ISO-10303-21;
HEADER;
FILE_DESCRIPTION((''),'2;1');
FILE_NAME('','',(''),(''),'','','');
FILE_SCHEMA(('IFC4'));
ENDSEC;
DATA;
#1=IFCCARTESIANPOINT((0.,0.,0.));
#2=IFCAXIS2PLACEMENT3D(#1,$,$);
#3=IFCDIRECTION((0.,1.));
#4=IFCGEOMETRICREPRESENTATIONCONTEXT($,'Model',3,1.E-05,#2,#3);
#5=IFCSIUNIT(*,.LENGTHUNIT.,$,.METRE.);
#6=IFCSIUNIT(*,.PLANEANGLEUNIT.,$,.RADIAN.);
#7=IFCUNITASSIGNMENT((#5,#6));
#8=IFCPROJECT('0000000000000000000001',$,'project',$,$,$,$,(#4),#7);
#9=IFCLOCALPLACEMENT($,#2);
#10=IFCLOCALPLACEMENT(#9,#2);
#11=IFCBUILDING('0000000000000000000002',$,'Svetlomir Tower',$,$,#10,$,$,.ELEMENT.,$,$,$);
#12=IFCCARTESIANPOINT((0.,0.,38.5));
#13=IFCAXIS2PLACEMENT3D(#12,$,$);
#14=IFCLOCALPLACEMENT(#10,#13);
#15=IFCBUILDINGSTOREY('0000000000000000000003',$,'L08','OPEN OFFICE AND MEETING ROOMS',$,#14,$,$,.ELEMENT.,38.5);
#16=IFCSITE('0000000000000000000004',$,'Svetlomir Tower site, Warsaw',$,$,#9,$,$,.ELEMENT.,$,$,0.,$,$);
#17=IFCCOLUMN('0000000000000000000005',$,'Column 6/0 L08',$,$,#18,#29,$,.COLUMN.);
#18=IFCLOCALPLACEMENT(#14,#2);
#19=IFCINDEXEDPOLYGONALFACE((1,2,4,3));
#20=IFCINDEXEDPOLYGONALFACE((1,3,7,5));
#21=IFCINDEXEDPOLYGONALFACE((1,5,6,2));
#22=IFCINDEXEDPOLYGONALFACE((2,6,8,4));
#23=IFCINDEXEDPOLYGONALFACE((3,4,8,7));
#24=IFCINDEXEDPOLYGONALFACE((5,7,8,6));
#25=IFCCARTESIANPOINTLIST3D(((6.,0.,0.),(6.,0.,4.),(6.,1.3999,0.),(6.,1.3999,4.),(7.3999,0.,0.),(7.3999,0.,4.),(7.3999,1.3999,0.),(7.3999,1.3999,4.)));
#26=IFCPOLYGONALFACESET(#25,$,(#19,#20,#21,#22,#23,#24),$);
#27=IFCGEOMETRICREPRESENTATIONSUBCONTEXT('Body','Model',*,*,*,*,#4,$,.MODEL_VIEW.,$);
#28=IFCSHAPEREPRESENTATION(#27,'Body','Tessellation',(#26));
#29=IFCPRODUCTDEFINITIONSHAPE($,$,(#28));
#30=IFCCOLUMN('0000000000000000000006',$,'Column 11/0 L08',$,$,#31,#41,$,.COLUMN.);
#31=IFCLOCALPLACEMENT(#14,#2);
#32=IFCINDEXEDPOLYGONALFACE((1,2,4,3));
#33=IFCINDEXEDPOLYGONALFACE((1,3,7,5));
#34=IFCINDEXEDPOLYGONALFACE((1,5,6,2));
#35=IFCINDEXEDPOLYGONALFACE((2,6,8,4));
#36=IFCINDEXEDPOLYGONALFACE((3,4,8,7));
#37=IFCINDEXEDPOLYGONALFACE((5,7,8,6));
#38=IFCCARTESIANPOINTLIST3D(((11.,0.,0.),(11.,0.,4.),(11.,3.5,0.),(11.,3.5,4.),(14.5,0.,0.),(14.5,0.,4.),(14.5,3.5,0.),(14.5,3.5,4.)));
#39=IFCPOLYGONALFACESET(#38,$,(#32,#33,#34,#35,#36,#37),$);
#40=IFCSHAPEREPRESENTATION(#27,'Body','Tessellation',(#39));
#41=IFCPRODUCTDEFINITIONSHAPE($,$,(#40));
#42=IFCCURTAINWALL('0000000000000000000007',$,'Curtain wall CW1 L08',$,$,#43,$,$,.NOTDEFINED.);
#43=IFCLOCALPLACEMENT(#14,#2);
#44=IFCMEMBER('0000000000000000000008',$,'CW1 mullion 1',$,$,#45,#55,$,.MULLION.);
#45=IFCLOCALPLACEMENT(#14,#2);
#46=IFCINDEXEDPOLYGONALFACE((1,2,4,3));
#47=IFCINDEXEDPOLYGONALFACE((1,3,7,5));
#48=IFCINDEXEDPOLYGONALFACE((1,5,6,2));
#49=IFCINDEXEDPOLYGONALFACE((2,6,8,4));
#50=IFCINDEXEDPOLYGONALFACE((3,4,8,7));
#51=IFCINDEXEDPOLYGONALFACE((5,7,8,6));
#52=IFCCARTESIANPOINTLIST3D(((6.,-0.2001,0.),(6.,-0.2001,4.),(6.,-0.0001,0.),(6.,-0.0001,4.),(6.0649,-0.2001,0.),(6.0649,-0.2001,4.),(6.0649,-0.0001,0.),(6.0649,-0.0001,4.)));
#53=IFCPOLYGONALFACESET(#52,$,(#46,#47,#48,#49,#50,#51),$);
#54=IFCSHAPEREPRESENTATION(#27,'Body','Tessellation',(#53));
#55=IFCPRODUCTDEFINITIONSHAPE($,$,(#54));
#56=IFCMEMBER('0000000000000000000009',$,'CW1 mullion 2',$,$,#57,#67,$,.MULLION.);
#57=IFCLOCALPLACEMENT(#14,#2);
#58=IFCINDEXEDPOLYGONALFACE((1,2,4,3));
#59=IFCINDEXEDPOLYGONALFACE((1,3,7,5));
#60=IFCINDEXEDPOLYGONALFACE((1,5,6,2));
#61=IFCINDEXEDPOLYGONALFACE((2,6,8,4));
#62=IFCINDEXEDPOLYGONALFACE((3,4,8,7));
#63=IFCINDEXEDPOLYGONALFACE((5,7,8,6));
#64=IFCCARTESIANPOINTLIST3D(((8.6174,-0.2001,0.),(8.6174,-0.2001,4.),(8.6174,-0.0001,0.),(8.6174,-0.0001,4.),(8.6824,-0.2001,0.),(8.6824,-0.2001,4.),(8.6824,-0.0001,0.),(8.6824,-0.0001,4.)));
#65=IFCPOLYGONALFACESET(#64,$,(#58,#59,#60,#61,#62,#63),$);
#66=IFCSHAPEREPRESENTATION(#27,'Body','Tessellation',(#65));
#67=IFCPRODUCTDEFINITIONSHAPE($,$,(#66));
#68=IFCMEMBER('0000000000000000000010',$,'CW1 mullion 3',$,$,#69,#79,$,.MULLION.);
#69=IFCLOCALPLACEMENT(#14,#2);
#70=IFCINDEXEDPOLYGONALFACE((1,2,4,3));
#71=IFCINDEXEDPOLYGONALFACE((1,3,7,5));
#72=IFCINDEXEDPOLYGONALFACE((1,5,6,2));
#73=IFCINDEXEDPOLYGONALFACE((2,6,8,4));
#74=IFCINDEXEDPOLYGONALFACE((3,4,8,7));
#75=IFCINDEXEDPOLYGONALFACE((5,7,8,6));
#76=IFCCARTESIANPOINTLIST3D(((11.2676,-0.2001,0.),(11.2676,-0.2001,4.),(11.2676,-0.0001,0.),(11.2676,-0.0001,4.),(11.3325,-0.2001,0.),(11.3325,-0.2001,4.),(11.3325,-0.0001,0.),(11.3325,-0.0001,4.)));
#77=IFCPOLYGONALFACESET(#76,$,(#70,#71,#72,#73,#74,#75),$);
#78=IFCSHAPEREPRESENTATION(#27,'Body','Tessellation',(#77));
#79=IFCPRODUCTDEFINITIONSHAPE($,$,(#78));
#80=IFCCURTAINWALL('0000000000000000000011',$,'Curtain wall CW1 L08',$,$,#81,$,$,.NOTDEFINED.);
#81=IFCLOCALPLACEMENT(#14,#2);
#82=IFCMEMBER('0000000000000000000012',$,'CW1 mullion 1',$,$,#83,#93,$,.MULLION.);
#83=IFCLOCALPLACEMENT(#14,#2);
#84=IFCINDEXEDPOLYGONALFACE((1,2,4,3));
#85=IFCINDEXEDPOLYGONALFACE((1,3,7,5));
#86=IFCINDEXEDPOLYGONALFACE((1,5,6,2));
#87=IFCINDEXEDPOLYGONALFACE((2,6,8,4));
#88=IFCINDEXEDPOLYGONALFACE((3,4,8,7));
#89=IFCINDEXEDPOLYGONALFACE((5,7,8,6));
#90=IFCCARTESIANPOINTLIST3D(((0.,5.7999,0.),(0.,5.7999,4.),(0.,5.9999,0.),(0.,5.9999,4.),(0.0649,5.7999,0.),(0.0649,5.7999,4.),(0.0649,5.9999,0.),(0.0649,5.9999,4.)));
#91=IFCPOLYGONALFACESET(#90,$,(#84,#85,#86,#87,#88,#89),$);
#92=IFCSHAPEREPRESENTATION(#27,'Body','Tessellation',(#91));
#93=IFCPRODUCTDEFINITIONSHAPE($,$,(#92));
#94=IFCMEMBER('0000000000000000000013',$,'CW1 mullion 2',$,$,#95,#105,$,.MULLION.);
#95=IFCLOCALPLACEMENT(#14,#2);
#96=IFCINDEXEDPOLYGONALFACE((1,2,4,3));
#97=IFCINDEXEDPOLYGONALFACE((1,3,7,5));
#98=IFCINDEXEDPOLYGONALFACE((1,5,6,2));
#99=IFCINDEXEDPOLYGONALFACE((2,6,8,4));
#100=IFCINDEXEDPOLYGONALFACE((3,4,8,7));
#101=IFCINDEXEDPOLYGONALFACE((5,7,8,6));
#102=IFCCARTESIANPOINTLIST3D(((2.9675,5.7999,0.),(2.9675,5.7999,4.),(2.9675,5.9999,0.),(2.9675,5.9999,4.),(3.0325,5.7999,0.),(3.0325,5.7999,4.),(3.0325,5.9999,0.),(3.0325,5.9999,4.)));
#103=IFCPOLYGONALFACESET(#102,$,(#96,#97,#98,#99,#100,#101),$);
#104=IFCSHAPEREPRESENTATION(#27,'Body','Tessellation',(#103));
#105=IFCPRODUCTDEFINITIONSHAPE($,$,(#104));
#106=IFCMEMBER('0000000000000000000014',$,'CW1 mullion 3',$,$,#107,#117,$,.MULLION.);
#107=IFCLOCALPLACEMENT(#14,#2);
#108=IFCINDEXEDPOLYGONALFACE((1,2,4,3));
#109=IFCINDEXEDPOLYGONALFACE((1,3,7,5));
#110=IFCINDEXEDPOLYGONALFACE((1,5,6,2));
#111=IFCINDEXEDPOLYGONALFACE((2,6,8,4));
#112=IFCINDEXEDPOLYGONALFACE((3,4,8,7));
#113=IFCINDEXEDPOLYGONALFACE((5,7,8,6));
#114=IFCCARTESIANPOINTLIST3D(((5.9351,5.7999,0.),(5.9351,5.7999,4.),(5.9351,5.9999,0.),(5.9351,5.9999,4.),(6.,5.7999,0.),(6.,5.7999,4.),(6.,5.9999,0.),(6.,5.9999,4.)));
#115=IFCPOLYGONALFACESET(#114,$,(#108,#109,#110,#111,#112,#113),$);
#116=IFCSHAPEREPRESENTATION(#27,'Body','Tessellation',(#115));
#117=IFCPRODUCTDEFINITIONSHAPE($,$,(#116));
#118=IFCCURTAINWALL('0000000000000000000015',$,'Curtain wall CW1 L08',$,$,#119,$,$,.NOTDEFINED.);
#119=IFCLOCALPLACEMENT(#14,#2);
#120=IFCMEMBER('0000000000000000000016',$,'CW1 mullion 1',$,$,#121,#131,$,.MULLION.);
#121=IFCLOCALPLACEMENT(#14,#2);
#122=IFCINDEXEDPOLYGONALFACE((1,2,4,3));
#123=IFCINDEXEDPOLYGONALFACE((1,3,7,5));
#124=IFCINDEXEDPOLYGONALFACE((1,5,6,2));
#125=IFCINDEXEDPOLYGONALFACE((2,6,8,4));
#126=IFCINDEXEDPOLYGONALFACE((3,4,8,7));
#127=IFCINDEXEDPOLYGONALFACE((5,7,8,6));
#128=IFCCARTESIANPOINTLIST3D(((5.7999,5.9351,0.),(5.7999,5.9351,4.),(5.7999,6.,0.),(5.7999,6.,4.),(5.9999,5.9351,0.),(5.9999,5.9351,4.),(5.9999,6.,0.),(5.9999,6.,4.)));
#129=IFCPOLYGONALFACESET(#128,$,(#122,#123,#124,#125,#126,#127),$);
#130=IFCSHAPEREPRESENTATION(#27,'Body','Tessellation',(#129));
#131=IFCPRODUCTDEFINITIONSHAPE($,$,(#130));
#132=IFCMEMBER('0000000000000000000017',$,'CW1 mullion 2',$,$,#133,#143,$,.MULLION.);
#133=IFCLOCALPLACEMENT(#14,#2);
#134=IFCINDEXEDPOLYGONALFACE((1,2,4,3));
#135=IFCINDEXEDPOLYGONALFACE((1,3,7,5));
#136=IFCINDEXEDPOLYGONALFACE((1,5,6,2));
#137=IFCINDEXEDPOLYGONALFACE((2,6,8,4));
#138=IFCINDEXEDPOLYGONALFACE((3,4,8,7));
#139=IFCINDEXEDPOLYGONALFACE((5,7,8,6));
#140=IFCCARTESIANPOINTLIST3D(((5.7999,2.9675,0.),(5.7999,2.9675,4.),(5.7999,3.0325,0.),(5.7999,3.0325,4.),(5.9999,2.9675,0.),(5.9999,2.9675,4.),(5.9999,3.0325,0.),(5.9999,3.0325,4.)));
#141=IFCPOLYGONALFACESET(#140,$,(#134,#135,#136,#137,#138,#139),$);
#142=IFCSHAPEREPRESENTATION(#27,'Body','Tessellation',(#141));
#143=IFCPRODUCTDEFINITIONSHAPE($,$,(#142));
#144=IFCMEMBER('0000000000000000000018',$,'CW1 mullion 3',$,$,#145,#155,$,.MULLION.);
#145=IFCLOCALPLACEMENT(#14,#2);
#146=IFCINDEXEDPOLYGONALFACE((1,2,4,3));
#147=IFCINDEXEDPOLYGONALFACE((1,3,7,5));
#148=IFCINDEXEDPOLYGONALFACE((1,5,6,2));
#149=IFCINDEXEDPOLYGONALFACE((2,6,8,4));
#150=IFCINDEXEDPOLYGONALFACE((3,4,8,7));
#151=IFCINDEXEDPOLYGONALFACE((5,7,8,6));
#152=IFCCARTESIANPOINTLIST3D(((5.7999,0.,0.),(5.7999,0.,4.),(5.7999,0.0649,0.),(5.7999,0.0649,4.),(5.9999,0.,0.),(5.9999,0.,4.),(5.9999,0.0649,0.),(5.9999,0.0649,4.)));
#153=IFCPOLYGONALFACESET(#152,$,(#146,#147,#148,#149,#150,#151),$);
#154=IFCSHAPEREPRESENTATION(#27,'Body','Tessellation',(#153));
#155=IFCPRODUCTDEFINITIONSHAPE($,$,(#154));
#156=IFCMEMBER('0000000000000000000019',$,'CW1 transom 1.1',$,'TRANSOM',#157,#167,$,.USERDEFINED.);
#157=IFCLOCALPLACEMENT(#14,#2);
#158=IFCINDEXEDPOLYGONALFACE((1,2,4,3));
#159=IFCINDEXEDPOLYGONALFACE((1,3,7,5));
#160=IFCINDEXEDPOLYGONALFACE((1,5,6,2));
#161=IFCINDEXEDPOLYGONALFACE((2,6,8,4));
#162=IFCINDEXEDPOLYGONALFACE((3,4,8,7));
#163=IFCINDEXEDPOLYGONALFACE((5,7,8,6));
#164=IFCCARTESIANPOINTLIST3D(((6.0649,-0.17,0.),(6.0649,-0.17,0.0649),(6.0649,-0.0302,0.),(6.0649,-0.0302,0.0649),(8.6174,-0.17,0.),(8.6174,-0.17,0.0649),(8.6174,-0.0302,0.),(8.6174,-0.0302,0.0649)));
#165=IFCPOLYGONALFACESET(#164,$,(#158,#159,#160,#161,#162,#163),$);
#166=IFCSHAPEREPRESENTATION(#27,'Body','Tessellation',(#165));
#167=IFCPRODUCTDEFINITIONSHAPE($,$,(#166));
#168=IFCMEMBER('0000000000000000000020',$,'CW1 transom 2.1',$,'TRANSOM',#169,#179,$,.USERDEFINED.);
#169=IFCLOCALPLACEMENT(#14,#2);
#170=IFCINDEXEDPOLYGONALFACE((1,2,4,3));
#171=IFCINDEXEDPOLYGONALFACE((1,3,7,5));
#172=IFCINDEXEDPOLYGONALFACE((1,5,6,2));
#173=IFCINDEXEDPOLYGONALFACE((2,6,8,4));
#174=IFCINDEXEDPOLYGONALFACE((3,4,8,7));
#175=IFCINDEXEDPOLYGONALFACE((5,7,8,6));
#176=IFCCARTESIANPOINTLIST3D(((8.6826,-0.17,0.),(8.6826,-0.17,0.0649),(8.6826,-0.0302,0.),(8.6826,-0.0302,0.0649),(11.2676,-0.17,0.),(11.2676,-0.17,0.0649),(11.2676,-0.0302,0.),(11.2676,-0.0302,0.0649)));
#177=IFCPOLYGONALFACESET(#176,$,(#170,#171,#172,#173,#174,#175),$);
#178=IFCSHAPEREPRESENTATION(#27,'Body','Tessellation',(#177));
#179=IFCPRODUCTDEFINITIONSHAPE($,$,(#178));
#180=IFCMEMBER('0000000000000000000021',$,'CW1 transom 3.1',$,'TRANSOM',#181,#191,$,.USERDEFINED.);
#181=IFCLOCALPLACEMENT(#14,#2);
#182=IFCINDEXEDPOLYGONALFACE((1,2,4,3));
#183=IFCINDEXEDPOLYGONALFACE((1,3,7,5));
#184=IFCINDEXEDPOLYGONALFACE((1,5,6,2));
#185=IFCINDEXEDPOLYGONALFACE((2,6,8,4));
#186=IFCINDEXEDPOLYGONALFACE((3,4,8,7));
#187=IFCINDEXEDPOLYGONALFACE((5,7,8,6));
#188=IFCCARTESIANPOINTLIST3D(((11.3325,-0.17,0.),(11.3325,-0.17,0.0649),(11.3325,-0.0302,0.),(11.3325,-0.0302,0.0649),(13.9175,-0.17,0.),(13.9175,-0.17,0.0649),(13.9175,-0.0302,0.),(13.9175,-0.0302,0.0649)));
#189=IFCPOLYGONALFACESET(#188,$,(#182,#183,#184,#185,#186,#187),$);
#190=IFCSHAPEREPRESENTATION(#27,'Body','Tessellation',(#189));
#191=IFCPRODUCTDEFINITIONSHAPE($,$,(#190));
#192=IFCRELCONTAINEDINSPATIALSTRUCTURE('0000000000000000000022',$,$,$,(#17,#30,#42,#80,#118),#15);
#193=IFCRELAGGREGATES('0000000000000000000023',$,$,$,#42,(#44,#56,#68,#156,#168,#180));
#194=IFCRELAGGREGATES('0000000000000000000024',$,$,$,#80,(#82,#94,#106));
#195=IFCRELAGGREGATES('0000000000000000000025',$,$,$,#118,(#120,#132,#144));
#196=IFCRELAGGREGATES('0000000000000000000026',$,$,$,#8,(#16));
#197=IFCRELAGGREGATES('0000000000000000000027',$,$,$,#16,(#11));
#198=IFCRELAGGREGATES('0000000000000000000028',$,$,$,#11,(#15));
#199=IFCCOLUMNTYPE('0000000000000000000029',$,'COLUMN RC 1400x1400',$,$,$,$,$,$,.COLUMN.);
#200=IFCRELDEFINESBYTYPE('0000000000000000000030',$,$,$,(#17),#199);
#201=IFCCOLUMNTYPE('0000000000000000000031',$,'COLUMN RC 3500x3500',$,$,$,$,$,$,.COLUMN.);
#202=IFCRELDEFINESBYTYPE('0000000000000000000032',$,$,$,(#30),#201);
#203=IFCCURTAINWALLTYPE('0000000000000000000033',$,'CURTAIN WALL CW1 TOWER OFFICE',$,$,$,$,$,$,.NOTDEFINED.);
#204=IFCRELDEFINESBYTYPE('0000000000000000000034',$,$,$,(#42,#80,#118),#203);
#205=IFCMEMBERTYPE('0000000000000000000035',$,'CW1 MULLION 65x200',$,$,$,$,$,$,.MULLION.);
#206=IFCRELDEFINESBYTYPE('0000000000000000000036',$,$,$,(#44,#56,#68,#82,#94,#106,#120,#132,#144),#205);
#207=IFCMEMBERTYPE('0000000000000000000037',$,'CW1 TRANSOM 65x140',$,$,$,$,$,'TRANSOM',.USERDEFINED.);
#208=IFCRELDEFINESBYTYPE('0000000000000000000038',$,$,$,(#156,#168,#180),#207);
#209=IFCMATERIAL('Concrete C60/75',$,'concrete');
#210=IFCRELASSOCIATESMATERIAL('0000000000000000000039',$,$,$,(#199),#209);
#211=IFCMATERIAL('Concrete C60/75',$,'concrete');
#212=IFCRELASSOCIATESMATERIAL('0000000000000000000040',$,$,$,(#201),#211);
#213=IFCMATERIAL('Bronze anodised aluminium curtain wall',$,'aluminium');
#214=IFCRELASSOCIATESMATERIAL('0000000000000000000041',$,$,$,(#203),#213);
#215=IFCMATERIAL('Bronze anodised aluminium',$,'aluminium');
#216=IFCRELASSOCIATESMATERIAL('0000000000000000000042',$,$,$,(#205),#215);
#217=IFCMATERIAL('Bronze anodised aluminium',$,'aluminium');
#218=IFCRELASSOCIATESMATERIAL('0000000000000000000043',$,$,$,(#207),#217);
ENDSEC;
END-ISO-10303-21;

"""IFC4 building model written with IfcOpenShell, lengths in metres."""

from ifc_helpers import new_model, si_unit, direction, frame, origin, origin_2d, place, context, subcontext, project, spatial, rectangle, extrude, material, material_profile, profile_set, type_object, element, aggregate, save


model = new_model("IFC4")

# Units and contexts
model_context = context("Model", 3, precision=1e-05, world=origin(), true_north=direction((0.0, 1.0)))
body_context = subcontext(model_context, "Body", "Model", "MODEL_VIEW")
ifc_project = project(units=[si_unit("LENGTHUNIT", "METRE"), si_unit("PLANEANGLEUNIT", "RADIAN")], contexts=[model_context])

# Site, building, storey
site_placement = place(None, origin())
site = spatial("IfcSite", under=ifc_project, at=site_placement, Name="Svetlomir Tower site, Warsaw", CompositionType="ELEMENT", RefElevation=0.0)
building_placement = place(site_placement, origin())
building = spatial("IfcBuilding", under=site, at=building_placement, Name="Svetlomir Tower", CompositionType="ELEMENT")
storey_placement = place(building_placement, frame((0.0, 0.0, 38.5)))
storey = spatial("IfcBuildingStorey", under=building, at=storey_placement, Name="L08", Description="OPEN OFFICE AND MEETING ROOMS", CompositionType="ELEMENT", Elevation=38.5)

# Columns
ifc_material_1 = material(Name="Concrete C60/75", Category="concrete")
ifc_material_profile_1 = material_profile(ifc_material_1, rectangle(XDim=1.3999, YDim=1.3999, at=origin_2d()), Name="RC 1400x1400")
ifc_profile_set_1 = profile_set([ifc_material_profile_1], Name="Concrete C60/75")
column_type_1 = type_object("IfcColumnType", Name="COLUMN RC 1400x1400", PredefinedType="COLUMN", material=ifc_profile_set_1)
column_1_placement = place(storey_placement, frame((6.7, 0.7, 0.0), z_axis=(0.0, 0.0, 1.0), x_axis=(1.0, 0.0, 0.0)))
element("IfcColumn", 1, at=column_1_placement, inside=storey, type_object=column_type_1, Name="Column 6/0 L08", PredefinedType="COLUMN", context=body_context, shape_type="SweptSolid", body=[
    extrude(rectangle(XDim=1.3999, YDim=1.3999, at=origin_2d()), origin(), (0.0, 0.0, 1.0), 4.0),
])
ifc_material_2 = material(Name="Concrete C60/75", Category="concrete")
ifc_material_profile_2 = material_profile(ifc_material_2, rectangle(XDim=3.5, YDim=3.5, at=origin_2d()), Name="RC 3500x3500")
ifc_profile_set_2 = profile_set([ifc_material_profile_2], Name="Concrete C60/75")
column_type_2 = type_object("IfcColumnType", Name="COLUMN RC 3500x3500", PredefinedType="COLUMN", material=ifc_profile_set_2)
column_2_placement = place(storey_placement, frame((12.75, 1.75, 0.0), z_axis=(0.0, 0.0, 1.0), x_axis=(1.0, 0.0, 0.0)))
element("IfcColumn", 2, at=column_2_placement, inside=storey, type_object=column_type_2, Name="Column 11/0 L08", PredefinedType="COLUMN", context=body_context, shape_type="SweptSolid", body=[
    extrude(rectangle(XDim=3.5, YDim=3.5, at=origin_2d()), origin(), (0.0, 0.0, 1.0), 4.0),
])

# Curtain walls, members
ifc_material_3 = material(Name="Bronze anodised aluminium curtain wall", Category="aluminium")
curtain_wall_type = type_object("IfcCurtainWallType", Name="CURTAIN WALL CW1 TOWER OFFICE", PredefinedType="NOTDEFINED", material=ifc_material_3)
curtain_wall_1_placement = place(storey_placement, origin())
curtain_wall_1 = element("IfcCurtainWall", 3, at=curtain_wall_1_placement, inside=storey, type_object=curtain_wall_type, Name="Curtain wall CW1 L08", PredefinedType="NOTDEFINED")
ifc_material_4 = material(Name="Bronze anodised aluminium", Category="aluminium")
ifc_material_profile_3 = material_profile(ifc_material_4, rectangle(XDim=0.0649, YDim=0.2, at=origin_2d()), Name="AL 65x200")
ifc_profile_set_3 = profile_set([ifc_material_profile_3], Name="Bronze anodised aluminium 6063-T6")
member_type_1 = type_object("IfcMemberType", Name="CW1 MULLION 65x200", PredefinedType="MULLION", material=ifc_profile_set_3)
member_1_placement = place(storey_placement, frame((6.0325, -0.1001, 0.0), z_axis=(0.0, 0.0, 1.0), x_axis=(1.0, 0.0, 0.0)))
member_1 = element("IfcMember", 4, at=member_1_placement, type_object=member_type_1, Name="CW1 mullion 1", PredefinedType="MULLION", context=body_context, shape_type="SweptSolid", body=[
    extrude(rectangle(XDim=0.0649, YDim=0.2, at=origin_2d()), origin(), (0.0, 0.0, 1.0), 4.0),
])
member_2_placement = place(storey_placement, frame((8.6499, -0.1001, 0.0), z_axis=(0.0, 0.0, 1.0), x_axis=(1.0, 0.0, 0.0)))
member_2 = element("IfcMember", 5, at=member_2_placement, type_object=member_type_1, Name="CW1 mullion 2", PredefinedType="MULLION", context=body_context, shape_type="SweptSolid", body=[
    extrude(rectangle(XDim=0.0649, YDim=0.2, at=origin_2d()), origin(), (0.0, 0.0, 1.0), 4.0),
])
member_3_placement = place(storey_placement, frame((11.3, -0.1001, 0.0), z_axis=(0.0, 0.0, 1.0), x_axis=(1.0, 0.0, 0.0)))
member_3 = element("IfcMember", 6, at=member_3_placement, type_object=member_type_1, Name="CW1 mullion 3", PredefinedType="MULLION", context=body_context, shape_type="SweptSolid", body=[
    extrude(rectangle(XDim=0.0649, YDim=0.2, at=origin_2d()), origin(), (0.0, 0.0, 1.0), 4.0),
])
curtain_wall_2_placement = place(storey_placement, origin())
curtain_wall_2 = element("IfcCurtainWall", 7, at=curtain_wall_2_placement, inside=storey, type_object=curtain_wall_type, Name="Curtain wall CW1 L08", PredefinedType="NOTDEFINED")
member_4_placement = place(storey_placement, frame((0.0325, 5.8999, 0.0), z_axis=(0.0, 0.0, 1.0), x_axis=(1.0, 0.0, 0.0)))
member_4 = element("IfcMember", 8, at=member_4_placement, type_object=member_type_1, Name="CW1 mullion 1", PredefinedType="MULLION", context=body_context, shape_type="SweptSolid", body=[
    extrude(rectangle(XDim=0.0649, YDim=0.2, at=origin_2d()), origin(), (0.0, 0.0, 1.0), 4.0),
])
member_5_placement = place(storey_placement, frame((3.0, 5.8999, 0.0), z_axis=(0.0, 0.0, 1.0), x_axis=(1.0, 0.0, 0.0)))
member_5 = element("IfcMember", 9, at=member_5_placement, type_object=member_type_1, Name="CW1 mullion 2", PredefinedType="MULLION", context=body_context, shape_type="SweptSolid", body=[
    extrude(rectangle(XDim=0.0649, YDim=0.2, at=origin_2d()), origin(), (0.0, 0.0, 1.0), 4.0),
])
member_6_placement = place(storey_placement, frame((5.9675, 5.8999, 0.0), z_axis=(0.0, 0.0, 1.0), x_axis=(1.0, 0.0, 0.0)))
member_6 = element("IfcMember", 10, at=member_6_placement, type_object=member_type_1, Name="CW1 mullion 3", PredefinedType="MULLION", context=body_context, shape_type="SweptSolid", body=[
    extrude(rectangle(XDim=0.0649, YDim=0.2, at=origin_2d()), origin(), (0.0, 0.0, 1.0), 4.0),
])
curtain_wall_3_placement = place(storey_placement, origin())
curtain_wall_3 = element("IfcCurtainWall", 11, at=curtain_wall_3_placement, inside=storey, type_object=curtain_wall_type, Name="Curtain wall CW1 L08", PredefinedType="NOTDEFINED")
member_7_placement = place(storey_placement, frame((5.8999, 5.9675, 0.0), z_axis=(0.0, 0.0, 1.0), x_axis=(0.0, -1.0, 0.0)))
member_7 = element("IfcMember", 12, at=member_7_placement, type_object=member_type_1, Name="CW1 mullion 1", PredefinedType="MULLION", context=body_context, shape_type="SweptSolid", body=[
    extrude(rectangle(XDim=0.0649, YDim=0.2, at=origin_2d()), origin(), (0.0, 0.0, 1.0), 4.0),
])
member_8_placement = place(storey_placement, frame((5.8999, 3.0, 0.0), z_axis=(0.0, 0.0, 1.0), x_axis=(0.0, -1.0, 0.0)))
member_8 = element("IfcMember", 13, at=member_8_placement, type_object=member_type_1, Name="CW1 mullion 2", PredefinedType="MULLION", context=body_context, shape_type="SweptSolid", body=[
    extrude(rectangle(XDim=0.0649, YDim=0.2, at=origin_2d()), origin(), (0.0, 0.0, 1.0), 4.0),
])
member_9_placement = place(storey_placement, frame((5.8999, 0.0325, 0.0), z_axis=(0.0, 0.0, 1.0), x_axis=(0.0, -1.0, 0.0)))
member_9 = element("IfcMember", 14, at=member_9_placement, type_object=member_type_1, Name="CW1 mullion 3", PredefinedType="MULLION", context=body_context, shape_type="SweptSolid", body=[
    extrude(rectangle(XDim=0.0649, YDim=0.2, at=origin_2d()), origin(), (0.0, 0.0, 1.0), 4.0),
])

# Members
ifc_material_5 = material(Name="Bronze anodised aluminium", Category="aluminium")
ifc_material_profile_4 = material_profile(ifc_material_5, rectangle(XDim=0.1399, YDim=0.0649, at=origin_2d()), Name="AL 140x65")
ifc_profile_set_4 = profile_set([ifc_material_profile_4], Name="Bronze anodised aluminium 6063-T6")
member_type_2 = type_object("IfcMemberType", Name="CW1 TRANSOM 65x140", ElementType="TRANSOM", PredefinedType="USERDEFINED", material=ifc_profile_set_4)
member_10_placement = place(storey_placement, frame((6.0649, -0.1001, 0.0325), z_axis=(1.0, 0.0, 0.0), x_axis=(0.0, 1.0, 0.0)))
member_10 = element("IfcMember", 15, at=member_10_placement, type_object=member_type_2, Name="CW1 transom 1.1", ObjectType="TRANSOM", PredefinedType="USERDEFINED", context=body_context, shape_type="SweptSolid", body=[
    extrude(rectangle(XDim=0.1399, YDim=0.0649, at=origin_2d()), origin(), (0.0, 0.0, 1.0), 2.5525),
])
member_11_placement = place(storey_placement, frame((8.6826, -0.1001, 0.0325), z_axis=(1.0, 0.0, 0.0), x_axis=(0.0, 1.0, 0.0)))
member_11 = element("IfcMember", 16, at=member_11_placement, type_object=member_type_2, Name="CW1 transom 2.1", ObjectType="TRANSOM", PredefinedType="USERDEFINED", context=body_context, shape_type="SweptSolid", body=[
    extrude(rectangle(XDim=0.1399, YDim=0.0649, at=origin_2d()), origin(), (0.0, 0.0, 1.0), 2.585),
])
member_12_placement = place(storey_placement, frame((11.3325, -0.1001, 0.0325), z_axis=(1.0, 0.0, 0.0), x_axis=(0.0, 1.0, 0.0)))
member_12 = element("IfcMember", 17, at=member_12_placement, type_object=member_type_2, Name="CW1 transom 3.1", ObjectType="TRANSOM", PredefinedType="USERDEFINED", context=body_context, shape_type="SweptSolid", body=[
    extrude(rectangle(XDim=0.1399, YDim=0.0649, at=origin_2d()), origin(), (0.0, 0.0, 1.0), 2.585),
])

aggregate(curtain_wall_1, [member_1, member_2, member_3, member_10, member_11, member_12])
aggregate(curtain_wall_2, [member_4, member_5, member_6])
aggregate(curtain_wall_3, [member_7, member_8, member_9])

save(model, "model.ifc")
